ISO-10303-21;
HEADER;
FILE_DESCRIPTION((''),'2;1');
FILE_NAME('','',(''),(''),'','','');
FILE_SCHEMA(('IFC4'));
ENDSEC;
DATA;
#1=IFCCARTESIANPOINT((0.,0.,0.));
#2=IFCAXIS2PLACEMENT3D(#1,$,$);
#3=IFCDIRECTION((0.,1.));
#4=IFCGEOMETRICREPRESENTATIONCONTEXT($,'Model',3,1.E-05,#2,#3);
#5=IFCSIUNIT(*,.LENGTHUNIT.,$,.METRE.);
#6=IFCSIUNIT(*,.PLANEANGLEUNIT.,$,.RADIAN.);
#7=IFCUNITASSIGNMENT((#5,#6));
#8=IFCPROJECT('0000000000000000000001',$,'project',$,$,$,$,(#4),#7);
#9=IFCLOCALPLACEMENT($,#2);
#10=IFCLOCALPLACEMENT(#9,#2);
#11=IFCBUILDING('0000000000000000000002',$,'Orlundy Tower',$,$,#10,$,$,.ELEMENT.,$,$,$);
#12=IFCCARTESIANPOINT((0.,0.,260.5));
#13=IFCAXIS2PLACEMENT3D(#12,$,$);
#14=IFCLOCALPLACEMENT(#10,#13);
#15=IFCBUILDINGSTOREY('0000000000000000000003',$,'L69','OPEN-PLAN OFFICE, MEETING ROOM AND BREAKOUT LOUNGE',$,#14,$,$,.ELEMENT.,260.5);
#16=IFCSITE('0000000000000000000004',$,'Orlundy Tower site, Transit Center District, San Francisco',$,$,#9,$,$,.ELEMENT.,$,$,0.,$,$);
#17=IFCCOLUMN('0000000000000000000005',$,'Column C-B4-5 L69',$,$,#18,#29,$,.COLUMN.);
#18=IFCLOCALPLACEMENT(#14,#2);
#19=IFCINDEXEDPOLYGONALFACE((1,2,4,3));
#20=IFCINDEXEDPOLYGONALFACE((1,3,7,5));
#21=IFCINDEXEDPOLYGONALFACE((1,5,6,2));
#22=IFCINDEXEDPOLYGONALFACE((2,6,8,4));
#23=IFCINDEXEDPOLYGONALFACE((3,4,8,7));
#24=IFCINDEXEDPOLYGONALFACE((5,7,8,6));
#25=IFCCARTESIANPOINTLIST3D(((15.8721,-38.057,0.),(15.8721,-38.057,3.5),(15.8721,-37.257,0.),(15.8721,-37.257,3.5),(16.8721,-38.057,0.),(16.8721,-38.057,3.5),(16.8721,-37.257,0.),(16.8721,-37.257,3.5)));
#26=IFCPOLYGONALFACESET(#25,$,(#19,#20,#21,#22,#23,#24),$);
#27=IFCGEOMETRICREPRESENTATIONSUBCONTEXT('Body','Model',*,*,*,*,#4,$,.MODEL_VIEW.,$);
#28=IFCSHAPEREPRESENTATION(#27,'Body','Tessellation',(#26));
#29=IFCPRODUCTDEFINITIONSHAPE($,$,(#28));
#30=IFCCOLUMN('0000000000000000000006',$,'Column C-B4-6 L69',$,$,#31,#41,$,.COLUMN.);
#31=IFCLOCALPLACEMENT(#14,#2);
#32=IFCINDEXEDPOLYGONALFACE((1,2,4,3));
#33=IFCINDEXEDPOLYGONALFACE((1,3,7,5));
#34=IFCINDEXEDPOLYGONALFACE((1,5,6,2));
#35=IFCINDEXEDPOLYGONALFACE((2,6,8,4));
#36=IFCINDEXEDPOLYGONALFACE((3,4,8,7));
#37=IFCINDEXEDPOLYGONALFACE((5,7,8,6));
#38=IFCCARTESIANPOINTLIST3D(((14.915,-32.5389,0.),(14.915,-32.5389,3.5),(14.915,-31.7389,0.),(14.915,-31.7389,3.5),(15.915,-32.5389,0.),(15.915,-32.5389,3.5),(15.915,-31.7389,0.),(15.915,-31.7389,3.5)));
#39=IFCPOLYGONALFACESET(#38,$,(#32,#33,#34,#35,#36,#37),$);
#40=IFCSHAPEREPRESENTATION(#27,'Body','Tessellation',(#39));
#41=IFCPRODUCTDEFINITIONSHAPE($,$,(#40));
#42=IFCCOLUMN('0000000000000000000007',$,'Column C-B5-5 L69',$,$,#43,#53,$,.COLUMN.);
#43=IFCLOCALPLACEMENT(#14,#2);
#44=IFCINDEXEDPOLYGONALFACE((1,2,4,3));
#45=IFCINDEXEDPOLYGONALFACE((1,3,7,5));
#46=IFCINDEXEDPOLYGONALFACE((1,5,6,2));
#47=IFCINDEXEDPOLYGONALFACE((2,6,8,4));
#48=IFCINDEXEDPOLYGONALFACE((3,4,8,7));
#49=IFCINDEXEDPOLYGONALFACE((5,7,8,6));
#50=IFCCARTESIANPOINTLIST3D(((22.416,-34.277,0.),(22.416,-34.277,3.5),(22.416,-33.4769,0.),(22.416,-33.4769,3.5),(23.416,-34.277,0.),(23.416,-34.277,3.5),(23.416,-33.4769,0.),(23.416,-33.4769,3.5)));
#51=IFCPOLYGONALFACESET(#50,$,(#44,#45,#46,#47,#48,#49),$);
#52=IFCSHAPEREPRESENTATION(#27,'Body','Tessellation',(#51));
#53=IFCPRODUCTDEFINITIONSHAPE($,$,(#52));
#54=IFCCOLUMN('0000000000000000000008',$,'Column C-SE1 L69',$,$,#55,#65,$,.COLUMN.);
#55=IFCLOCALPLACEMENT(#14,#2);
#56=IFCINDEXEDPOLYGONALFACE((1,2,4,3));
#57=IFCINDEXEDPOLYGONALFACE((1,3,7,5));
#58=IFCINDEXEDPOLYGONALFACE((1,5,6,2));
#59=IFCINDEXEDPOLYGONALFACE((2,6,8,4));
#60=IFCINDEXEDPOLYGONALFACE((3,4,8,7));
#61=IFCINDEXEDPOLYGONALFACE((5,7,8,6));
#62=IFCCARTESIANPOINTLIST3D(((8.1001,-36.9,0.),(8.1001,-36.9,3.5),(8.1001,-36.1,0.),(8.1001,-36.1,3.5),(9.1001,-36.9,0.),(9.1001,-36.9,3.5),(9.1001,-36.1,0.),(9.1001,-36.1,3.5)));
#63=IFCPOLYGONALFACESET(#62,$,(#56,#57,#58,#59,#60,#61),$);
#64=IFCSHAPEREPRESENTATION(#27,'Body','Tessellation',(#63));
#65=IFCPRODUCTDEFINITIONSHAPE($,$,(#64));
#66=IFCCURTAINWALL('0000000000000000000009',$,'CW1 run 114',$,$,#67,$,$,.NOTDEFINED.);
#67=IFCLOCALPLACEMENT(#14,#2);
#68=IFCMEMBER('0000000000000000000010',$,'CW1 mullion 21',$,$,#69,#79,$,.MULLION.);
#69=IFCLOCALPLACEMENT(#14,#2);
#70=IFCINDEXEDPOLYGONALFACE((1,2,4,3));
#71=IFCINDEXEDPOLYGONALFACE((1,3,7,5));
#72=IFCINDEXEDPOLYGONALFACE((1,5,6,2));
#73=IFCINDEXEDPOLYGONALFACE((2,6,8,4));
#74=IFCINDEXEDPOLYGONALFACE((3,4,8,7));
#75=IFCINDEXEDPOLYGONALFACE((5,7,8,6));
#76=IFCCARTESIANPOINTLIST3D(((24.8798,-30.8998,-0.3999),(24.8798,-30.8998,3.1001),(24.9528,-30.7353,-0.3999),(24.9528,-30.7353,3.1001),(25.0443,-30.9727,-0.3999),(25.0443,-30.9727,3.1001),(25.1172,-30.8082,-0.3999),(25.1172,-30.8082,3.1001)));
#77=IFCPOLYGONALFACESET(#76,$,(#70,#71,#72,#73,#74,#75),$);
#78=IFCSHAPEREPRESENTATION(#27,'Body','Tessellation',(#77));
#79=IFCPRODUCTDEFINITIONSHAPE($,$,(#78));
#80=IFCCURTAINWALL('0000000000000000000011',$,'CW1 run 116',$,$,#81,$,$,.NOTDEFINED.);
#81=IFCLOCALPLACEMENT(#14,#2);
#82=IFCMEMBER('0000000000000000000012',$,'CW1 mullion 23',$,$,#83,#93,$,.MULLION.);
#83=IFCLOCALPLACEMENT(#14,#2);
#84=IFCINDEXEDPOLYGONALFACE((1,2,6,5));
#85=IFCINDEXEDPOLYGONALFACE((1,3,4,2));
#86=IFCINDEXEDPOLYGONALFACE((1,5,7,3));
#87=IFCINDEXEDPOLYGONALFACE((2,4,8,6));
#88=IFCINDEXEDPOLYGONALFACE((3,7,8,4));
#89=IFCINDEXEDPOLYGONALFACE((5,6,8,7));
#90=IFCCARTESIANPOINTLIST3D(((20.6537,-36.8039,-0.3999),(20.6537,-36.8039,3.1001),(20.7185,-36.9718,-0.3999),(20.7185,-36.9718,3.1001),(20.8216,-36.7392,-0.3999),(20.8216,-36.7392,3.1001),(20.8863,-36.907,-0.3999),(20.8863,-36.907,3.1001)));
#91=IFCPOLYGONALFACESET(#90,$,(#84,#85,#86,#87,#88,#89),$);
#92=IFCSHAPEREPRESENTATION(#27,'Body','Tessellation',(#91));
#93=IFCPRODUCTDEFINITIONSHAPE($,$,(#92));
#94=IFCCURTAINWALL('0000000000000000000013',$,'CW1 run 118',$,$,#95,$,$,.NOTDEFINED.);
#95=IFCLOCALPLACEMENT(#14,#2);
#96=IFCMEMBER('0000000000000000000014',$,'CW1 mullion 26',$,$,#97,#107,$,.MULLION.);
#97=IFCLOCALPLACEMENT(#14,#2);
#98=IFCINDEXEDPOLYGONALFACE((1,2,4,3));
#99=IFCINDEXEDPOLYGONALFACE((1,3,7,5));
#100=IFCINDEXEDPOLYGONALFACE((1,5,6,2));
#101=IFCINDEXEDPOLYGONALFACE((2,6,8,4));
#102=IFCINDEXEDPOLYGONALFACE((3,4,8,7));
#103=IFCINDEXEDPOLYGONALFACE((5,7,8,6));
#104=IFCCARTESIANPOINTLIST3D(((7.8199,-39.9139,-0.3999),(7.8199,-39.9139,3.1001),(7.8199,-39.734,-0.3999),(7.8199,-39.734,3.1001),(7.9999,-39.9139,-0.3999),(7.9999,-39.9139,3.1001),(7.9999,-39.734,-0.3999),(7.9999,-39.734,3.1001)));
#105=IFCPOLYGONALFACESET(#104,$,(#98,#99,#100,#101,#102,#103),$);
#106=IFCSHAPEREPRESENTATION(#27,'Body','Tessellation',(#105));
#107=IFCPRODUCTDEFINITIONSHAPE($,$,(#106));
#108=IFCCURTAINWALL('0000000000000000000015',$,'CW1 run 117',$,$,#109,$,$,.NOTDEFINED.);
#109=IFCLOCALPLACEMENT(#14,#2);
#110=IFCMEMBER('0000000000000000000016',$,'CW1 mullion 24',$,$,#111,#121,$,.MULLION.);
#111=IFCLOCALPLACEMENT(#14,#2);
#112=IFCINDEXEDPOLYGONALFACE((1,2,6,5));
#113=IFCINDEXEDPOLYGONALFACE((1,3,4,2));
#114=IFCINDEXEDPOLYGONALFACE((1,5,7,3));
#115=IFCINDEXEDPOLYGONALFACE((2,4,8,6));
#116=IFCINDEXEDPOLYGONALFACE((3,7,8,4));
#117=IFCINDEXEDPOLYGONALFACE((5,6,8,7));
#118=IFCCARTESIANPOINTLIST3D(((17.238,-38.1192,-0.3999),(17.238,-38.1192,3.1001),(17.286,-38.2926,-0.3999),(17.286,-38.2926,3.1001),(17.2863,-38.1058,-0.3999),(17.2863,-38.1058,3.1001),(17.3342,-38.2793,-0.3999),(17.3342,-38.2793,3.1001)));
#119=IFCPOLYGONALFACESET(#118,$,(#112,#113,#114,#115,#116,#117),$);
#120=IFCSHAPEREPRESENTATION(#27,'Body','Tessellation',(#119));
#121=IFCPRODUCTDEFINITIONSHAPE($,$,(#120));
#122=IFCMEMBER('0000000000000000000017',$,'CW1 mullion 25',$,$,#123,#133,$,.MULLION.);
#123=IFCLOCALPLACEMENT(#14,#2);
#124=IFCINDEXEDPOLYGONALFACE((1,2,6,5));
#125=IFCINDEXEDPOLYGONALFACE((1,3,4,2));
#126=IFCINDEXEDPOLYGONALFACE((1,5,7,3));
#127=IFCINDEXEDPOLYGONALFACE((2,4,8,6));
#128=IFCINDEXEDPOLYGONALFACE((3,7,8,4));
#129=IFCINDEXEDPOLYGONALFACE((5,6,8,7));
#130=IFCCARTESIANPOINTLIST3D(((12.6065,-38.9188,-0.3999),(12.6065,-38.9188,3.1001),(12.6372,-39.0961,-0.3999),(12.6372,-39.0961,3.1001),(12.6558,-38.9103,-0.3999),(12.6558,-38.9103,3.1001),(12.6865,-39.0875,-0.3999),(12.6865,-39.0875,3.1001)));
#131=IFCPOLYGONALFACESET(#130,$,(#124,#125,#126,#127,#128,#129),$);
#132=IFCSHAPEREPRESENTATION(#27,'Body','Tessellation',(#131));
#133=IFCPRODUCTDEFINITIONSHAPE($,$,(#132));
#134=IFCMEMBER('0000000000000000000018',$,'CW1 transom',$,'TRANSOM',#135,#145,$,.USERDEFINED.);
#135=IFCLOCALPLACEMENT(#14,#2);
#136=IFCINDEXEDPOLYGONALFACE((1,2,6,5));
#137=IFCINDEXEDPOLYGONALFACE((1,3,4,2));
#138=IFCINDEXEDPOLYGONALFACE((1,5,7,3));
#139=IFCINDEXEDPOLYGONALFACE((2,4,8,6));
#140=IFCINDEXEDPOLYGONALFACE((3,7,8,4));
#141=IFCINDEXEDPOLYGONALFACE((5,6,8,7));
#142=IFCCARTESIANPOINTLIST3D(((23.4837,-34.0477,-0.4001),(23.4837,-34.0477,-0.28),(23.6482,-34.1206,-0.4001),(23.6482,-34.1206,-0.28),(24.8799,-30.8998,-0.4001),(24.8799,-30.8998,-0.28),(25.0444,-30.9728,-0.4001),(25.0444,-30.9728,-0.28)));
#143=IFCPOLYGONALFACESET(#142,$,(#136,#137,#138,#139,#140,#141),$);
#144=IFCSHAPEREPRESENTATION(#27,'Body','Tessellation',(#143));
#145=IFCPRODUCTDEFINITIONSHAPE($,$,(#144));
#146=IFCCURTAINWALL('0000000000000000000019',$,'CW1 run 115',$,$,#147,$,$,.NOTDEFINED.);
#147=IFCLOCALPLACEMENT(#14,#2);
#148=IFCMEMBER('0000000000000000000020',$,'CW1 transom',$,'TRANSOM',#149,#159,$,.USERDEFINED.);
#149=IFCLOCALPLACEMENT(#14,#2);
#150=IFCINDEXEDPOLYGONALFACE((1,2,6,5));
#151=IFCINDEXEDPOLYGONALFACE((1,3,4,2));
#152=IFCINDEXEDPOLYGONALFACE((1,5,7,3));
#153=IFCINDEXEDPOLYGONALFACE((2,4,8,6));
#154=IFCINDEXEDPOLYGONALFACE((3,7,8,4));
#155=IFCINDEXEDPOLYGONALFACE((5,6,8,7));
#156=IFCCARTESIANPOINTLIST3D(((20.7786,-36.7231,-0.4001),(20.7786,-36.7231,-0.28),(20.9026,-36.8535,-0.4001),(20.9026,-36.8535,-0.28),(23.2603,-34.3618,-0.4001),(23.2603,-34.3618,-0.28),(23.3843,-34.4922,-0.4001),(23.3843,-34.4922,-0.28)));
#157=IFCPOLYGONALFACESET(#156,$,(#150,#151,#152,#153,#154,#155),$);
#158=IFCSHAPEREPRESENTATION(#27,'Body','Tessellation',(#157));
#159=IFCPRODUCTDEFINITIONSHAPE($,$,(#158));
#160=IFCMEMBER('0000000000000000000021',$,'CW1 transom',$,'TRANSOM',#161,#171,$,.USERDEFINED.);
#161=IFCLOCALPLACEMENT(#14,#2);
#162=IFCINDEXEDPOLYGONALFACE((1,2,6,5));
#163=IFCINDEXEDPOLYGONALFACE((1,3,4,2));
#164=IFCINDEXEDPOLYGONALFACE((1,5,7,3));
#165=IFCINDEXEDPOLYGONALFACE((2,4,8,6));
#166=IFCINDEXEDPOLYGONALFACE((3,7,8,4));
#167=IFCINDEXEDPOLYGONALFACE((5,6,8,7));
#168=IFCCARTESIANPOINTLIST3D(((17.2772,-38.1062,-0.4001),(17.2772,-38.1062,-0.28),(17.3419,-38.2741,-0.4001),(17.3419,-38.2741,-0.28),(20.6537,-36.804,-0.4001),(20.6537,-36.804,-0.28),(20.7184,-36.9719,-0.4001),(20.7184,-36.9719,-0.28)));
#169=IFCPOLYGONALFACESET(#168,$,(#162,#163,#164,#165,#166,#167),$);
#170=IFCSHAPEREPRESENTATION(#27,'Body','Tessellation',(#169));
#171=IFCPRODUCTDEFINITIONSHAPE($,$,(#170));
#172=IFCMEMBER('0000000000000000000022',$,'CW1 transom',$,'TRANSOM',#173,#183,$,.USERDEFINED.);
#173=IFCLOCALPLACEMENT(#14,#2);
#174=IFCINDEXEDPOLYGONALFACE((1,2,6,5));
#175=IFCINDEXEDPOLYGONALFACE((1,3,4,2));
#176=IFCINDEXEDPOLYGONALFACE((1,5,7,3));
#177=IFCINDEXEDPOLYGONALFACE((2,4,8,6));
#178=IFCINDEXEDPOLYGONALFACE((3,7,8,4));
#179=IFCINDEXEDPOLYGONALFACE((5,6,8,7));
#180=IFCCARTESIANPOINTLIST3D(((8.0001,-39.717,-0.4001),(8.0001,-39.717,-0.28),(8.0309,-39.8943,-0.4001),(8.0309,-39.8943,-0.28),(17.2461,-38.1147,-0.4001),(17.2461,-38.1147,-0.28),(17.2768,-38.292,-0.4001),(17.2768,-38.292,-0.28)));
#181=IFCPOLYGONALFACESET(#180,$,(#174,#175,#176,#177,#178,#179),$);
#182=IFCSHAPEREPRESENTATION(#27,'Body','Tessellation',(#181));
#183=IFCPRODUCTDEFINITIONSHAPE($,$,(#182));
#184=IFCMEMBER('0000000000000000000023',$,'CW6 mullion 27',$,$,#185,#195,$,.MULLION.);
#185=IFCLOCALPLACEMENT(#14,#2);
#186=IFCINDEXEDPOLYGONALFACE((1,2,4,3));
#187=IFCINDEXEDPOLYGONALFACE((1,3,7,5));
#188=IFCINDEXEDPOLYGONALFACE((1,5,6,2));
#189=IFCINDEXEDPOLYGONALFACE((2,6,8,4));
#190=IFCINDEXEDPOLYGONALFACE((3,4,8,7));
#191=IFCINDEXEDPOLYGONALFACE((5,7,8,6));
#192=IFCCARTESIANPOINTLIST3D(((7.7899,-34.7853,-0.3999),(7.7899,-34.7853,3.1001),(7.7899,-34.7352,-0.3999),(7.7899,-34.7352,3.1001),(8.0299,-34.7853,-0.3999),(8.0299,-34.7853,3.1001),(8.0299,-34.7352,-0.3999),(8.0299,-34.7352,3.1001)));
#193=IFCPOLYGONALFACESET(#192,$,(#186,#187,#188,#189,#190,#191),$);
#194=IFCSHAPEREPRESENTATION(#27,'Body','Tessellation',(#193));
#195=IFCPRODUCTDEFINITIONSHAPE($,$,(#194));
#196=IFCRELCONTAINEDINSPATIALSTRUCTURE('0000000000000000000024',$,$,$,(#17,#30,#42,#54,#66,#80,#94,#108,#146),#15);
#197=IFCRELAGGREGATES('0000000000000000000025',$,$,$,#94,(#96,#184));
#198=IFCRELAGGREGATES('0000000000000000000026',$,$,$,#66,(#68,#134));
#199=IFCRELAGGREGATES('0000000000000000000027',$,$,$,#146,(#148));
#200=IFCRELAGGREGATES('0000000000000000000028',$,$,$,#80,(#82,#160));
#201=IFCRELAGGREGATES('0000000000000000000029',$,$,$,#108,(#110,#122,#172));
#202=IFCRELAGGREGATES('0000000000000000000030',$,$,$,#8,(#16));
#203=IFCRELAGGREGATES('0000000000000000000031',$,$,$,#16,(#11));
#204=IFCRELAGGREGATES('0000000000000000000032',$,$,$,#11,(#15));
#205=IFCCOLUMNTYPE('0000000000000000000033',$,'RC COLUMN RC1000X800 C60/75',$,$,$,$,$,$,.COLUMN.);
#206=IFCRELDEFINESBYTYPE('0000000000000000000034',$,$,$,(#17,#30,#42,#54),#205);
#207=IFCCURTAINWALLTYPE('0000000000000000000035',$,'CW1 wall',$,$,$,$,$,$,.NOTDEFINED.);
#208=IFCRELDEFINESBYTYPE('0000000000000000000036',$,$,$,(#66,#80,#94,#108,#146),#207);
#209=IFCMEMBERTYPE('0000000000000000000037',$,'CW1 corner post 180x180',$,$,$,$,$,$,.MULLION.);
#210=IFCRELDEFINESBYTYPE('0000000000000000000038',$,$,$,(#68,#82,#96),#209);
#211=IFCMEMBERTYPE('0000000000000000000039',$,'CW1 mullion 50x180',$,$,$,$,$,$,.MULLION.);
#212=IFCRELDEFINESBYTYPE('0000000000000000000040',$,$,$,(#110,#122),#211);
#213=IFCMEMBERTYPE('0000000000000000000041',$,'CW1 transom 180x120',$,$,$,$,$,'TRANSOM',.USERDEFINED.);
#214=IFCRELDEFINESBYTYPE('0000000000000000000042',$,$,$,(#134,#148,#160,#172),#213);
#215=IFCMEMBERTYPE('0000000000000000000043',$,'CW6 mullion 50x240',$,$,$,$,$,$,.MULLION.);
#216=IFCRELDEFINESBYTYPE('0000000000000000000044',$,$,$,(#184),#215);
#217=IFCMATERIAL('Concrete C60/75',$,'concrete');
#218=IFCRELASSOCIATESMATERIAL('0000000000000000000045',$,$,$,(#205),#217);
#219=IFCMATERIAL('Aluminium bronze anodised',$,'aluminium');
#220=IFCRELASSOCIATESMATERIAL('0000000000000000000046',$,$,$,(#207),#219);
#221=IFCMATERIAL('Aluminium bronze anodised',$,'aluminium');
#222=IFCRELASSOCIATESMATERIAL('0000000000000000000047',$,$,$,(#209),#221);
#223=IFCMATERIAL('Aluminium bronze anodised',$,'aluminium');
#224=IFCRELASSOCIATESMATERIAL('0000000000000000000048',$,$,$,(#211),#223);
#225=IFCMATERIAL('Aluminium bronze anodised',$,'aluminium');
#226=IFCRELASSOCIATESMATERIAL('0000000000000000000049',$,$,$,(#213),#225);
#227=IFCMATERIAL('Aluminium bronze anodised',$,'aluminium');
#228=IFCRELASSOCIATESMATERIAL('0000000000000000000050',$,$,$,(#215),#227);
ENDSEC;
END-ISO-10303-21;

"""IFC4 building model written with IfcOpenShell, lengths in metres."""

from ifc_helpers import new_model, si_unit, direction, frame, origin, origin_2d, place, context, subcontext, project, spatial, rectangle, extrude, material, material_profile, profile_set, type_object, element, aggregate, save


model = new_model("IFC4")

# Units and contexts
model_context = context("Model", 3, precision=1e-05, world=origin(), true_north=direction((0.0, 1.0)))
body_context = subcontext(model_context, "Body", "Model", "MODEL_VIEW")
ifc_project = project(units=[si_unit("LENGTHUNIT", "METRE"), si_unit("PLANEANGLEUNIT", "RADIAN")], contexts=[model_context])

# Site, building, storey
site_placement = place(None, origin())
site = spatial("IfcSite", under=ifc_project, at=site_placement, Name="Orlundy Tower site, Transit Center District, San Francisco", CompositionType="ELEMENT", RefElevation=0.0)
building_placement = place(site_placement, origin())
building = spatial("IfcBuilding", under=site, at=building_placement, Name="Orlundy Tower", CompositionType="ELEMENT")
storey_placement = place(building_placement, frame((0.0, 0.0, 260.5)))
storey = spatial("IfcBuildingStorey", under=building, at=storey_placement, Name="L69", Description="OPEN-PLAN OFFICE, MEETING ROOM AND BREAKOUT LOUNGE", CompositionType="ELEMENT", Elevation=260.5)

# Columns
ifc_material_1 = material(Name="Concrete C60/75", Category="concrete")
ifc_material_profile_1 = material_profile(ifc_material_1, rectangle(XDim=1.0, YDim=0.8, at=origin_2d()), Name="RC1000X800")
ifc_profile_set_1 = profile_set([ifc_material_profile_1], Name="Concrete C60/75")
column_type = type_object("IfcColumnType", Name="RC COLUMN RC1000X800 C60/75", PredefinedType="COLUMN", material=ifc_profile_set_1)
for number, where, z_axis, x_axis, name in (
    (1, (16.3721, -37.657, 0.0), (0.0, 0.0, 1.0), (1.0, 0.0, 0.0), "Column C-B4-5 L69"),
    (2, (15.415, -32.1389, 0.0), (0.0, 0.0, 1.0), (1.0, 0.0, 0.0), "Column C-B4-6 L69"),
    (3, (22.916, -33.877, 0.0), (0.0, 0.0, 1.0), (1.0, 0.0, 0.0), "Column C-B5-5 L69"),
    (4, (8.6001, -36.5, 0.0), (0.0, 0.0, 1.0), (1.0, 0.0, 0.0), "Column C-SE1 L69"),
):
    element("IfcColumn", number, at=place(storey_placement, frame(where, z_axis=z_axis, x_axis=x_axis)), inside=storey, type_object=column_type, Name=name, PredefinedType="COLUMN", context=body_context, shape_type="SweptSolid", body=[
        extrude(rectangle(XDim=1.0, YDim=0.8, at=origin_2d()), origin(), (0.0, 0.0, 1.0), 3.5),
    ])

# Curtain walls, members
ifc_material_2 = material(Name="Aluminium bronze anodised", Category="aluminium")
curtain_wall_type = type_object("IfcCurtainWallType", Name="CW1 wall", PredefinedType="NOTDEFINED", material=ifc_material_2)
curtain_wall_1_placement = place(storey_placement, origin())
curtain_wall_1 = element("IfcCurtainWall", 5, at=curtain_wall_1_placement, inside=storey, type_object=curtain_wall_type, Name="CW1 run 114", PredefinedType="NOTDEFINED")
ifc_material_3 = material(Name="Aluminium bronze anodised", Category="aluminium")
ifc_material_profile_2 = material_profile(ifc_material_3, rectangle(XDim=0.1799, YDim=0.1799, at=origin_2d()), Name="CW1 corner post 180x180")
ifc_profile_set_2 = profile_set([ifc_material_profile_2], Name="Aluminium bronze anodised")
member_type_1 = type_object("IfcMemberType", Name="CW1 corner post 180x180", PredefinedType="MULLION", material=ifc_profile_set_2)
member_1_placement = place(storey_placement, frame((24.9985, -30.854, -0.3999), z_axis=(0.0, 0.0, 1.0), x_axis=(0.914134, -0.405413, 0.0)))
member_1 = element("IfcMember", 6, at=member_1_placement, type_object=member_type_1, Name="CW1 mullion 21", PredefinedType="MULLION", context=body_context, shape_type="SweptSolid", body=[
    extrude(rectangle(XDim=0.1799, YDim=0.1799, at=origin_2d()), origin(), (0.0, 0.0, 1.0), 3.5),
])
curtain_wall_2_placement = place(storey_placement, origin())
curtain_wall_2 = element("IfcCurtainWall", 7, at=curtain_wall_2_placement, inside=storey, type_object=curtain_wall_type, Name="CW1 run 116", PredefinedType="NOTDEFINED")
member_2_placement = place(storey_placement, frame((20.77, -36.8555, -0.3999), z_axis=(0.0, 0.0, 1.0), x_axis=(0.359828, -0.933018, 0.0)))
member_2 = element("IfcMember", 8, at=member_2_placement, type_object=member_type_1, Name="CW1 mullion 23", PredefinedType="MULLION", context=body_context, shape_type="SweptSolid", body=[
    extrude(rectangle(XDim=0.1799, YDim=0.1799, at=origin_2d()), origin(), (0.0, 0.0, 1.0), 3.5),
])
curtain_wall_3_placement = place(storey_placement, origin())
curtain_wall_3 = element("IfcCurtainWall", 9, at=curtain_wall_3_placement, inside=storey, type_object=curtain_wall_type, Name="CW1 run 118", PredefinedType="NOTDEFINED")
member_3_placement = place(storey_placement, frame((7.9099, -39.824, -0.3999), z_axis=(0.0, 0.0, 1.0), x_axis=(-1.0, 0.0, 0.0)))
member_3 = element("IfcMember", 10, at=member_3_placement, type_object=member_type_1, Name="CW1 mullion 26", PredefinedType="MULLION", context=body_context, shape_type="SweptSolid", body=[
    extrude(rectangle(XDim=0.1799, YDim=0.1799, at=origin_2d()), origin(), (0.0, 0.0, 1.0), 3.5),
])

# Curtain wall, members
curtain_wall_4_placement = place(storey_placement, origin())
curtain_wall_4 = element("IfcCurtainWall", 11, at=curtain_wall_4_placement, inside=storey, type_object=curtain_wall_type, Name="CW1 run 117", PredefinedType="NOTDEFINED")
ifc_material_4 = material(Name="Aluminium bronze anodised", Category="aluminium")
ifc_material_profile_3 = material_profile(ifc_material_4, rectangle(XDim=0.1799, YDim=0.05, at=origin_2d()), Name="CW1 mullion 50x180")
ifc_profile_set_3 = profile_set([ifc_material_profile_3], Name="Aluminium bronze anodised")
member_type_2 = type_object("IfcMemberType", Name="CW1 mullion 50x180", PredefinedType="MULLION", material=ifc_profile_set_3)
member_4_placement = place(storey_placement, frame((17.2861, -38.1992, -0.3999), z_axis=(0.0, 0.0, 1.0), x_axis=(0.266572, -0.963815, 0.0)))
member_4 = element("IfcMember", 12, at=member_4_placement, type_object=member_type_2, Name="CW1 mullion 24", PredefinedType="MULLION", context=body_context, shape_type="SweptSolid", body=[
    extrude(rectangle(XDim=0.1799, YDim=0.05, at=origin_2d()), origin(), (0.0, 0.0, 1.0), 3.5),
])
member_5_placement = place(storey_placement, frame((12.6465, -39.0032, -0.3999), z_axis=(0.0, 0.0, 1.0), x_axis=(0.170744, -0.985315, 0.0)))
member_5 = element("IfcMember", 13, at=member_5_placement, type_object=member_type_2, Name="CW1 mullion 25", PredefinedType="MULLION", context=body_context, shape_type="SweptSolid", body=[
    extrude(rectangle(XDim=0.1799, YDim=0.05, at=origin_2d()), origin(), (0.0, 0.0, 1.0), 3.5),
])

# Member
ifc_material_5 = material(Name="Aluminium bronze anodised", Category="aluminium")
ifc_material_profile_4 = material_profile(ifc_material_5, rectangle(XDim=0.1799, YDim=0.1201, at=origin_2d()), Name="CW1 transom 180x120")
ifc_profile_set_4 = profile_set([ifc_material_profile_4], Name="Aluminium bronze anodised")
member_type_3 = type_object("IfcMemberType", Name="CW1 transom 180x120", ElementType="TRANSOM", PredefinedType="USERDEFINED", material=ifc_profile_set_4)
member_6_placement = place(storey_placement, frame((24.9622, -30.9363, -0.3401), z_axis=(-0.405448, -0.914118, 0.0), x_axis=(0.914118, -0.405448, 0.0)))
member_6 = element("IfcMember", 14, at=member_6_placement, type_object=member_type_3, Name="CW1 transom", ObjectType="TRANSOM", PredefinedType="USERDEFINED", context=body_context, shape_type="SweptSolid", body=[
    extrude(rectangle(XDim=0.1799, YDim=0.1201, at=origin_2d()), origin(), (0.0, 0.0, 1.0), 3.4436),
])

# Curtain wall, member
curtain_wall_5_placement = place(storey_placement, origin())
curtain_wall_5 = element("IfcCurtainWall", 15, at=curtain_wall_5_placement, inside=storey, type_object=curtain_wall_type, Name="CW1 run 115", PredefinedType="NOTDEFINED")
member_7_placement = place(storey_placement, frame((23.3223, -34.427, -0.3401), z_axis=(-0.724456, -0.689321, 0.0), x_axis=(0.689321, -0.724456, 0.0)))
member_7 = element("IfcMember", 16, at=member_7_placement, type_object=member_type_3, Name="CW1 transom", ObjectType="TRANSOM", PredefinedType="USERDEFINED", context=body_context, shape_type="SweptSolid", body=[
    extrude(rectangle(XDim=0.1799, YDim=0.1201, at=origin_2d()), origin(), (0.0, 0.0, 1.0), 3.4255),
])

# Members
member_8_placement = place(storey_placement, frame((20.686, -36.8879, -0.3401), z_axis=(-0.933011, -0.359847, 0.0), x_axis=(0.359847, -0.933011, 0.0)))
member_8 = element("IfcMember", 17, at=member_8_placement, type_object=member_type_3, Name="CW1 transom", ObjectType="TRANSOM", PredefinedType="USERDEFINED", context=body_context, shape_type="SweptSolid", body=[
    extrude(rectangle(XDim=0.1799, YDim=0.1201, at=origin_2d()), origin(), (0.0, 0.0, 1.0), 3.6189),
])
member_9_placement = place(storey_placement, frame((17.2615, -38.2034, -0.3401), z_axis=(-0.985314, -0.170749, 0.0), x_axis=(0.170749, -0.985314, 0.0)))
member_9 = element("IfcMember", 18, at=member_9_placement, type_object=member_type_3, Name="CW1 transom", ObjectType="TRANSOM", PredefinedType="USERDEFINED", context=body_context, shape_type="SweptSolid", body=[
    extrude(rectangle(XDim=0.1799, YDim=0.1201, at=origin_2d()), origin(), (0.0, 0.0, 1.0), 9.3838),
])
ifc_material_6 = material(Name="Aluminium bronze anodised", Category="aluminium")
ifc_material_profile_5 = material_profile(ifc_material_6, rectangle(XDim=0.24, YDim=0.05, at=origin_2d()), Name="CW6 mullion 50x240")
ifc_profile_set_5 = profile_set([ifc_material_profile_5], Name="Aluminium bronze anodised")
member_type_4 = type_object("IfcMemberType", Name="CW6 mullion 50x240", PredefinedType="MULLION", material=ifc_profile_set_5)
member_10_placement = place(storey_placement, frame((7.9099, -34.7603, -0.3999), z_axis=(0.0, 0.0, 1.0), x_axis=(-1.0, 0.0, 0.0)))
member_10 = element("IfcMember", 19, at=member_10_placement, type_object=member_type_4, Name="CW6 mullion 27", PredefinedType="MULLION", context=body_context, shape_type="SweptSolid", body=[
    extrude(rectangle(XDim=0.24, YDim=0.05, at=origin_2d()), origin(), (0.0, 0.0, 1.0), 3.5),
])
aggregate(curtain_wall_3, [member_3, member_10])

aggregate(curtain_wall_1, [member_1, member_6])
aggregate(curtain_wall_5, [member_7])
aggregate(curtain_wall_2, [member_2, member_8])
aggregate(curtain_wall_4, [member_4, member_5, member_9])

save(model, "model.ifc")
